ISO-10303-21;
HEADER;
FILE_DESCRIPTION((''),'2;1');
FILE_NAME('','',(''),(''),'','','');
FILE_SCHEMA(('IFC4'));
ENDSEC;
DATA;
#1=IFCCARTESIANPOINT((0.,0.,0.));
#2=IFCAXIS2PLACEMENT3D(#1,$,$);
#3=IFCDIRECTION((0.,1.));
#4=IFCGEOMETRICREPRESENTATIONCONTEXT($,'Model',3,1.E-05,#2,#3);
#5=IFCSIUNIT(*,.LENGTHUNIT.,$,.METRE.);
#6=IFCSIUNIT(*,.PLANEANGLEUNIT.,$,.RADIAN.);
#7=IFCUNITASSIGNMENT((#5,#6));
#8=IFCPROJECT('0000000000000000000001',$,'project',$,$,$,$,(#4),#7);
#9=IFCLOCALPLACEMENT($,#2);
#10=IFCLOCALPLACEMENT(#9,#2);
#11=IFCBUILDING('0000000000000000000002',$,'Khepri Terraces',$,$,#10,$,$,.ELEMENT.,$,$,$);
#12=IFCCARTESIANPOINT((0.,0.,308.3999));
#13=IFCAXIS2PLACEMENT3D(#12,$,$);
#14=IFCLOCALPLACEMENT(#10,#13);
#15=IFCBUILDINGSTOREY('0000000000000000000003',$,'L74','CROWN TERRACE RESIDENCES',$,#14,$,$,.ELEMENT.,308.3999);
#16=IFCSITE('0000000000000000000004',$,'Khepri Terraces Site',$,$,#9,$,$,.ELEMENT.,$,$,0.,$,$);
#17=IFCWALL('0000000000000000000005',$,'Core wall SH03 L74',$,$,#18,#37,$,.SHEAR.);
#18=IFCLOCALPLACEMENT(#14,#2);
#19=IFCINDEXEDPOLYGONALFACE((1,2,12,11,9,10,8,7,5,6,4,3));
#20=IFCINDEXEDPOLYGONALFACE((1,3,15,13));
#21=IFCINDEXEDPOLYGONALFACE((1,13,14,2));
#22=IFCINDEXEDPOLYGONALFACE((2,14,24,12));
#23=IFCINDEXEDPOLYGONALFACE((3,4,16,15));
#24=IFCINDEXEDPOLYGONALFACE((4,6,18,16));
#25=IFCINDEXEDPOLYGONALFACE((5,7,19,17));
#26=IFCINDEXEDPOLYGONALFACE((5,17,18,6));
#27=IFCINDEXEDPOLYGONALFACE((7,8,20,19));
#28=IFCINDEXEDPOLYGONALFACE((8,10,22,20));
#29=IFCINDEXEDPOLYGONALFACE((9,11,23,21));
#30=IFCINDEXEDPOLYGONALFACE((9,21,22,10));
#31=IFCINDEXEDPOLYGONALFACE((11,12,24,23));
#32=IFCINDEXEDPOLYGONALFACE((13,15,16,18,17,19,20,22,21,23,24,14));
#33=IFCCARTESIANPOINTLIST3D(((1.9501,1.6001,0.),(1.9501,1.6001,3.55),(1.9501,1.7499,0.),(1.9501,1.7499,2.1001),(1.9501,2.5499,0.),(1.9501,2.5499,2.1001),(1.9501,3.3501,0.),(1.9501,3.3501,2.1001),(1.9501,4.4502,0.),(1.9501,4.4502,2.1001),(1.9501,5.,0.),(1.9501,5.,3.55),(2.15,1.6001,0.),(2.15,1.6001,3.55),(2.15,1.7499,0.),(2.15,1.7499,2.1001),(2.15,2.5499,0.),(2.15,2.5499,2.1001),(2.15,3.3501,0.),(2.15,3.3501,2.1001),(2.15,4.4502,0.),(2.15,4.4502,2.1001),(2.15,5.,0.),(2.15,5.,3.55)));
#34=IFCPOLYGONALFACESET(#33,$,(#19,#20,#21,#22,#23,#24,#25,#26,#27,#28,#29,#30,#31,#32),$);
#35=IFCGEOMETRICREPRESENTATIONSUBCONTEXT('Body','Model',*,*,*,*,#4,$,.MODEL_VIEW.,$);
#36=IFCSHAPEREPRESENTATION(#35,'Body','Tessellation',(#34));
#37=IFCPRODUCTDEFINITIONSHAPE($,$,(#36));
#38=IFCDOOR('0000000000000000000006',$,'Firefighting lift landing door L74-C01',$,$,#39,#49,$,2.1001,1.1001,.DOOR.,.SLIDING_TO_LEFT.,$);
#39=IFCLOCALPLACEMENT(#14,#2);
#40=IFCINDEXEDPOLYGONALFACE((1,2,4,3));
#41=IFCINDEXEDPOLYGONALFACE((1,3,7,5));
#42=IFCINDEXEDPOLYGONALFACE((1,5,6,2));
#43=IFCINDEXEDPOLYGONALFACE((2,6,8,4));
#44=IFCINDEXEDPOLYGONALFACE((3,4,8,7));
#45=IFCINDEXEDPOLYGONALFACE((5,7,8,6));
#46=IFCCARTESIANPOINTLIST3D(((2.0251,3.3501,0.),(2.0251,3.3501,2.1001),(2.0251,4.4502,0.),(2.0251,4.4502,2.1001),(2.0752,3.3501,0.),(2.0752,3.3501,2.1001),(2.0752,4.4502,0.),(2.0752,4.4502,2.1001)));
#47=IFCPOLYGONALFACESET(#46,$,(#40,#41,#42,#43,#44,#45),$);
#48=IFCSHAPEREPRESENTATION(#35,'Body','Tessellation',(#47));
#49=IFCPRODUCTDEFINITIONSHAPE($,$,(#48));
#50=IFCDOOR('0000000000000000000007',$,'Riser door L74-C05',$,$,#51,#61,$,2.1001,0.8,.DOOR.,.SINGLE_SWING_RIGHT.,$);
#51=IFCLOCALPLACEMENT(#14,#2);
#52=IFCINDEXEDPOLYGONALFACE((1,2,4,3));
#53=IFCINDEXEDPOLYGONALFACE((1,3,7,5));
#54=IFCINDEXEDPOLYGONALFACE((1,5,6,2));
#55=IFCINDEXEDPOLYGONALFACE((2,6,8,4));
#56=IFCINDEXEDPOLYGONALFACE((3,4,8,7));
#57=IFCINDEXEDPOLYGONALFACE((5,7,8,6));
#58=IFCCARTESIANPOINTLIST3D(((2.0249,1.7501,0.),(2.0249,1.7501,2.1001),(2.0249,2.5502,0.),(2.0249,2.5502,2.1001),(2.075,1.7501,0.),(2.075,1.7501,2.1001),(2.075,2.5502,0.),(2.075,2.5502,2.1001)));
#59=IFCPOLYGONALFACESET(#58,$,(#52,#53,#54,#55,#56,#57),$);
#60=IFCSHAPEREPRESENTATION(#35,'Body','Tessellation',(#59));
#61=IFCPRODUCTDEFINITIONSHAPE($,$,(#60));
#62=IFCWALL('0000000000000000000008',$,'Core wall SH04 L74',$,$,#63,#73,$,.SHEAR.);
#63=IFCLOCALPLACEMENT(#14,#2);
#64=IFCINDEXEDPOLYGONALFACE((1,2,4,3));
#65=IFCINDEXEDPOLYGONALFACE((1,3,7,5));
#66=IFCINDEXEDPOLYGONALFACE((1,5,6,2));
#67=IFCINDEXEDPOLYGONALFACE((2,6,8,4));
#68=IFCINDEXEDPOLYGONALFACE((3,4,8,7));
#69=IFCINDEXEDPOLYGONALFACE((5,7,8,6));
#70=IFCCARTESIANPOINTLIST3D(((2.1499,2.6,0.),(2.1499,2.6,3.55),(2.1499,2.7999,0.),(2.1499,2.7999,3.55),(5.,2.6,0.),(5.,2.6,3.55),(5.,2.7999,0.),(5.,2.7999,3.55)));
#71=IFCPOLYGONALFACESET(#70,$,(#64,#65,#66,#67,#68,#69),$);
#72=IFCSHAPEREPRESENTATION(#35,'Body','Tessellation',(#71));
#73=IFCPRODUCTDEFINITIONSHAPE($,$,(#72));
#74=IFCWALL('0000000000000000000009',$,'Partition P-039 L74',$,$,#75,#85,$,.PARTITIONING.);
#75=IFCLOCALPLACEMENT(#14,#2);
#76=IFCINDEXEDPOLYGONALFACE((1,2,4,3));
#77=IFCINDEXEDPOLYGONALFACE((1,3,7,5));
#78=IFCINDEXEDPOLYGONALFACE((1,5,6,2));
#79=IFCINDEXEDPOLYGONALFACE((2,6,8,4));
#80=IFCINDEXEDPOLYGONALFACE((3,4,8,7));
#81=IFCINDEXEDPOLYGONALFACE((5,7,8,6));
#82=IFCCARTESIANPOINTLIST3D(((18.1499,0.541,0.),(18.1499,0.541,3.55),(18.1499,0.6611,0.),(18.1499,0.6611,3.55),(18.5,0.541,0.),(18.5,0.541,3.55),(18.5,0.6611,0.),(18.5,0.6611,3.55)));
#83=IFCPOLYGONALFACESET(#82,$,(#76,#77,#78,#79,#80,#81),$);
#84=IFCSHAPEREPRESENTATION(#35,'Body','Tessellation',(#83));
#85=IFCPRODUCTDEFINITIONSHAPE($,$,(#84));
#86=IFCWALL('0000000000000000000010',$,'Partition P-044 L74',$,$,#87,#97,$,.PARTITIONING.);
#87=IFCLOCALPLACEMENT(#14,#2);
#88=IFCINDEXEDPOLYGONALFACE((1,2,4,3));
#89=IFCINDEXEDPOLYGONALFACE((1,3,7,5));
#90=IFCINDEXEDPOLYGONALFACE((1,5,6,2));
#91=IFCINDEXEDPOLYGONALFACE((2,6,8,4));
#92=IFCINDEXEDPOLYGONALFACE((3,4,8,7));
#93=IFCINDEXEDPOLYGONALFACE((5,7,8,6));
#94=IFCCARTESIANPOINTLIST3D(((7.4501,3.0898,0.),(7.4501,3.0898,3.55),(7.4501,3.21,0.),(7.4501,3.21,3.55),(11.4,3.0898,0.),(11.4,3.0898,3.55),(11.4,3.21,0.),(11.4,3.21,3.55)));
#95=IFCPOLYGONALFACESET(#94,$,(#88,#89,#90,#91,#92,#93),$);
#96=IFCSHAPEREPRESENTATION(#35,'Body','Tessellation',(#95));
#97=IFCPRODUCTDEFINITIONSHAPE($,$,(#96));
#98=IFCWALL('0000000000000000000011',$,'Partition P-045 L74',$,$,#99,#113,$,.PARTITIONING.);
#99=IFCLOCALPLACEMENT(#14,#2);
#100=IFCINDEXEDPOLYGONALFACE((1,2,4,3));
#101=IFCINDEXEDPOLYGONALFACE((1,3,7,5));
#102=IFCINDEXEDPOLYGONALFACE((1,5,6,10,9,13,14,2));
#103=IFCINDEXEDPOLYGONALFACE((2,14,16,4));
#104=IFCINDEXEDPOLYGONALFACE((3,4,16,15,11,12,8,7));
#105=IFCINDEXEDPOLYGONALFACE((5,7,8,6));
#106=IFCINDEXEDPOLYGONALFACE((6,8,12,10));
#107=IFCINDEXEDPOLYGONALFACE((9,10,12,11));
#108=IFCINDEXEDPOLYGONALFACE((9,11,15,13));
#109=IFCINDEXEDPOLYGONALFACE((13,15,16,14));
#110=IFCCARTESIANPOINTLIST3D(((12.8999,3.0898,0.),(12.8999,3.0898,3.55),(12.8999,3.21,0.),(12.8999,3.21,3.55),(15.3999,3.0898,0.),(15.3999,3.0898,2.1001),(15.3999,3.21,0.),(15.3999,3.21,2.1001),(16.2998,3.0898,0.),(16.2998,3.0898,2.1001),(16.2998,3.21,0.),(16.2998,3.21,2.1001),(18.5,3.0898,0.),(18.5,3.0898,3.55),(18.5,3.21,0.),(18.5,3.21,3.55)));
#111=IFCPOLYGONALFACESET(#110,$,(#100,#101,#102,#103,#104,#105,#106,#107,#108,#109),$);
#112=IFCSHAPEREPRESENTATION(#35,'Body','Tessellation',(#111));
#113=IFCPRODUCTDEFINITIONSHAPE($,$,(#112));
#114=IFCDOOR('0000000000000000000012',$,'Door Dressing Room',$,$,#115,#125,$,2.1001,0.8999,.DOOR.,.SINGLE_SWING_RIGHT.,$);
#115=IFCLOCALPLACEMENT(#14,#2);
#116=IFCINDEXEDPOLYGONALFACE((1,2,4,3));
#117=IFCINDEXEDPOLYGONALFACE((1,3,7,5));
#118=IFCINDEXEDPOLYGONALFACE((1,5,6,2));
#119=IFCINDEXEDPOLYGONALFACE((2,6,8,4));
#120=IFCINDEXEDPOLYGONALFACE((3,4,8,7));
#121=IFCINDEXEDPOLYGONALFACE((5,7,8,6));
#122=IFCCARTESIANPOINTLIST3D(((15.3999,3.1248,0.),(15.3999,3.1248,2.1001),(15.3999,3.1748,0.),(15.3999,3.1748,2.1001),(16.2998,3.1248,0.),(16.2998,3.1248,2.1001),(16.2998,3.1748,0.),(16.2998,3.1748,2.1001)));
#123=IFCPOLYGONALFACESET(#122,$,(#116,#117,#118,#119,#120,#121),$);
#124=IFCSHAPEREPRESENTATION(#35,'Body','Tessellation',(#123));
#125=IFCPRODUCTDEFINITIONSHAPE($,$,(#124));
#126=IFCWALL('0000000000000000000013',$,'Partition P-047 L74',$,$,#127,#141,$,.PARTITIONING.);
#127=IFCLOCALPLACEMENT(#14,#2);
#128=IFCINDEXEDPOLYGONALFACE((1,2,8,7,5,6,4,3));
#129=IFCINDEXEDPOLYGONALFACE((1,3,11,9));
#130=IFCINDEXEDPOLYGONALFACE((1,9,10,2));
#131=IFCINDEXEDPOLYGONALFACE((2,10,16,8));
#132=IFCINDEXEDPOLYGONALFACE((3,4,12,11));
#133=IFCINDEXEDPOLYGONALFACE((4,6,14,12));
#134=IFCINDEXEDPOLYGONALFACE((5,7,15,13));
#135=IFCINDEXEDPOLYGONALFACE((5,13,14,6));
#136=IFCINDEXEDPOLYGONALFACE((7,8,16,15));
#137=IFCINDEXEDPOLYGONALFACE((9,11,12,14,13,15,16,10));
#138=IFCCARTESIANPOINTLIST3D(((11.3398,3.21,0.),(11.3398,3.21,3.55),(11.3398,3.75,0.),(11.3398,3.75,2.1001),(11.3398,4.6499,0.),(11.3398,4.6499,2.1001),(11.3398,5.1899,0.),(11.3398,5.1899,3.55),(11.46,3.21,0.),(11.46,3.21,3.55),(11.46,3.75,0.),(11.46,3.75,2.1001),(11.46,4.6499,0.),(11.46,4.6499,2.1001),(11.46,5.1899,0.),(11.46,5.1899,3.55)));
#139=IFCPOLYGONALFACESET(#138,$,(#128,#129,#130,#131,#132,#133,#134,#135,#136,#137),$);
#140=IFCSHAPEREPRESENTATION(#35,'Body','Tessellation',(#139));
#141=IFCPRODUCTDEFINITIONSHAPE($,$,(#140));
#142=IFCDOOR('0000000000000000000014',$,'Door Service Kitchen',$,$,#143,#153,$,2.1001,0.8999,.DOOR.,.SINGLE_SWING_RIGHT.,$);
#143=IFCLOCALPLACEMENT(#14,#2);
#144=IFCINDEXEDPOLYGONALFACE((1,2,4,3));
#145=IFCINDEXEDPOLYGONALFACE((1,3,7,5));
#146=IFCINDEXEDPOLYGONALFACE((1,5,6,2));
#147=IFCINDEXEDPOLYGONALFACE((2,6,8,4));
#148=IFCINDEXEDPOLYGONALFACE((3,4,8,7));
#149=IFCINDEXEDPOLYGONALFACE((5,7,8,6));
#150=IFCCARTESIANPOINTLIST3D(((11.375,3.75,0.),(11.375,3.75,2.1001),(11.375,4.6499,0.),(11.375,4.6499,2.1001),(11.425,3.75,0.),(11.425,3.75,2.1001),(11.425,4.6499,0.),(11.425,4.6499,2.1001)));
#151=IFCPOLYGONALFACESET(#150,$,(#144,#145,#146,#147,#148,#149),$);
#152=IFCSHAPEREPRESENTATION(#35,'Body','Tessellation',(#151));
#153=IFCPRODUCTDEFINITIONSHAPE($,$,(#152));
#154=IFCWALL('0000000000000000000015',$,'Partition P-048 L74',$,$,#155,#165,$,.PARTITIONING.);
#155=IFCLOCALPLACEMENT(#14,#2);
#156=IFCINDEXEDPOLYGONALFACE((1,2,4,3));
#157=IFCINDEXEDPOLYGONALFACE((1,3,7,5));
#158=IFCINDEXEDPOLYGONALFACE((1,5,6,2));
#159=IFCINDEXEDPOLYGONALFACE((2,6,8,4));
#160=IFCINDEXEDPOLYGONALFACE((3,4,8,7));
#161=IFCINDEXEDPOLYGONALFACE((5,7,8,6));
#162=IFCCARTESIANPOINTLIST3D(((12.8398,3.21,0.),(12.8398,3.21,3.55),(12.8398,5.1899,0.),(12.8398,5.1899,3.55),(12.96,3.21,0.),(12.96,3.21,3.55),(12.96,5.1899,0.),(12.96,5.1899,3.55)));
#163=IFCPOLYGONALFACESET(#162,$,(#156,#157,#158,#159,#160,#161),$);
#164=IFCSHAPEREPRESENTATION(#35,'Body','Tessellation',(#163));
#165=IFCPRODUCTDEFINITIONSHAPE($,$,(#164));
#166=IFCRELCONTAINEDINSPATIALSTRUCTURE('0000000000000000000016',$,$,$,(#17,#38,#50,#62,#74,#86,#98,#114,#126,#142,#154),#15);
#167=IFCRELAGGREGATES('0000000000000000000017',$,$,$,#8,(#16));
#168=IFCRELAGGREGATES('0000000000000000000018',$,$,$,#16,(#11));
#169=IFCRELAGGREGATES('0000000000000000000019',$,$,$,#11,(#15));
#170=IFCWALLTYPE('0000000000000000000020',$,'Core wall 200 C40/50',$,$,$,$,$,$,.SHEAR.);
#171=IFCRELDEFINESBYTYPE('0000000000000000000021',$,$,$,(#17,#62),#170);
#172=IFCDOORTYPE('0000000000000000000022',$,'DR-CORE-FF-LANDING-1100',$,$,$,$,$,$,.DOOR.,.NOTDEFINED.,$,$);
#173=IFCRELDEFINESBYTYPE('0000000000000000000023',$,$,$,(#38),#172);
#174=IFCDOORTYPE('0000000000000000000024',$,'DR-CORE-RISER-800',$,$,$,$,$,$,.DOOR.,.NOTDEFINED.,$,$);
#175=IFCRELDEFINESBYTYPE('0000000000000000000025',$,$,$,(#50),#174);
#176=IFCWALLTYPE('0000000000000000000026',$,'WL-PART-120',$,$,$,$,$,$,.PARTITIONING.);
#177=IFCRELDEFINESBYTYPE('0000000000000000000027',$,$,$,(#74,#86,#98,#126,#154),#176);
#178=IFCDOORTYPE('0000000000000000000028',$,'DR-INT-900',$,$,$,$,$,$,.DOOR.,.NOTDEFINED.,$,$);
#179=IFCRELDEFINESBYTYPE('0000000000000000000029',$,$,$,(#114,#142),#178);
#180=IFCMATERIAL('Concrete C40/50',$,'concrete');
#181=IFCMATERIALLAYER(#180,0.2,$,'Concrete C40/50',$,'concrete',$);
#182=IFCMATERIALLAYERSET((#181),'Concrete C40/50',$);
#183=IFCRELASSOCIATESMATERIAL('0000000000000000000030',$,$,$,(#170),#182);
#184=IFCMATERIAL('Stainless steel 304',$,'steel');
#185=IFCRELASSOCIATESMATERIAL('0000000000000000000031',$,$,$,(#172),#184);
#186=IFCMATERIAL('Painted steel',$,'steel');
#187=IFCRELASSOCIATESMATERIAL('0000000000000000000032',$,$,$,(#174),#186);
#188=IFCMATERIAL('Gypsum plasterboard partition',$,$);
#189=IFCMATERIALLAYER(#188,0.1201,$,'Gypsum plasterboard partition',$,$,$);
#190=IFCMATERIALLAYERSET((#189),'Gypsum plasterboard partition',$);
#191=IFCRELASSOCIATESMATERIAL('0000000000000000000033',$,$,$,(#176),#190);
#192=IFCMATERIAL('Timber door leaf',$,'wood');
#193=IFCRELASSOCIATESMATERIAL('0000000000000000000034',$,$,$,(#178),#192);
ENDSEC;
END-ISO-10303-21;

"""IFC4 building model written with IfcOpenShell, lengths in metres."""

from ifc_helpers import new_model, si_unit, direction, frame, frame_2d, origin, place, context, subcontext, project, spatial, rectangle, extrude, material, layer, layer_set, type_object, element, fill, save


model = new_model("IFC4")

# Units and contexts
model_context = context("Model", 3, precision=1e-05, world=origin(), true_north=direction((0.0, 1.0)))
body_context = subcontext(model_context, "Body", "Model", "MODEL_VIEW")
ifc_project = project(units=[si_unit("LENGTHUNIT", "METRE"), si_unit("PLANEANGLEUNIT", "RADIAN")], contexts=[model_context])

# Site, building, storey
site_placement = place(None, origin())
site = spatial("IfcSite", under=ifc_project, at=site_placement, Name="Khepri Terraces Site", CompositionType="ELEMENT", RefElevation=0.0)
building_placement = place(site_placement, origin())
building = spatial("IfcBuilding", under=site, at=building_placement, Name="Khepri Terraces", CompositionType="ELEMENT")
storey_placement = place(building_placement, frame((0.0, 0.0, 308.3999)))
storey = spatial("IfcBuildingStorey", under=building, at=storey_placement, Name="L74", Description="CROWN TERRACE RESIDENCES", CompositionType="ELEMENT", Elevation=308.3999)

# Shared definitions
ifc_material_1 = material(Name="Concrete C40/50", Category="concrete")

# Shared definitions
ifc_layer_1 = layer(ifc_material_1, 0.2, Name="Concrete C40/50", Category="concrete")
ifc_layer_set_1 = layer_set([ifc_layer_1], Name="Concrete C40/50")
wall_type_1 = type_object("IfcWallType", Name="Core wall 200 C40/50", PredefinedType="SHEAR", material=ifc_layer_set_1)

# Wall, openings, doors
wall_1_placement = place(storey_placement, frame((2.05, 1.6001, 0.0), z_axis=(0.0, 0.0, 1.0), x_axis=(0.0, 1.0, 0.0)))
wall_1 = element("IfcWall", 1, at=wall_1_placement, inside=storey, type_object=wall_type_1, Name="Core wall SH03 L74", PredefinedType="SHEAR", context=body_context, shape_type="SweptSolid", body=[
    extrude(rectangle(XDim=3.3999, YDim=0.2, at=frame_2d((1.7, 0.0))), origin(), (0.0, 0.0, 1.0), 3.55),
])
opening_1_placement = place(wall_1_placement, frame((1.75, 0.0, 0.0)))
opening_1 = element("IfcOpeningElement", 2, at=opening_1_placement, cuts=wall_1, PredefinedType="OPENING", context=body_context, shape_type="SweptSolid", body=[
    extrude(rectangle(XDim=1.1001, YDim=2.1001, at=frame_2d((0.55, 1.05))), frame((0.0, 0.1099, 0.0), z_axis=(0.0, -1.0, 0.0), x_axis=(1.0, 0.0, 0.0)), (0.0, 0.0, 1.0), 0.22),
])
opening_2_placement = place(wall_1_placement, frame((0.1499, 0.0, 0.0)))
opening_2 = element("IfcOpeningElement", 3, at=opening_2_placement, cuts=wall_1, PredefinedType="OPENING", context=body_context, shape_type="SweptSolid", body=[
    extrude(rectangle(XDim=0.8, YDim=2.1001, at=frame_2d((0.3999, 1.05))), frame((0.0, 0.1099, 0.0), z_axis=(0.0, -1.0, 0.0), x_axis=(1.0, 0.0, 0.0)), (0.0, 0.0, 1.0), 0.22),
])
ifc_material_2 = material(Name="Stainless steel 304", Category="steel")
door_type_1 = type_object("IfcDoorType", Name="DR-CORE-FF-LANDING-1100", OperationType="NOTDEFINED", PredefinedType="DOOR", material=ifc_material_2)
door_1_placement = place(opening_1_placement, origin())
door_1 = element("IfcDoor", 4, at=door_1_placement, inside=storey, type_object=door_type_1, Name="Firefighting lift landing door L74-C01", OperationType="SLIDING_TO_LEFT", OverallHeight=2.1001, OverallWidth=1.1001, PredefinedType="DOOR", context=body_context, shape_type="SweptSolid", body=[
    extrude(rectangle(XDim=1.1001, YDim=2.1001, at=frame_2d((0.55, 1.05))), frame((0.0, 0.0249, 0.0), z_axis=(0.0, -1.0, 0.0), x_axis=(1.0, 0.0, 0.0)), (0.0, 0.0, 1.0), 0.05),
])
fill(opening_1, door_1)
ifc_material_3 = material(Name="Painted steel", Category="steel")
door_type_2 = type_object("IfcDoorType", Name="DR-CORE-RISER-800", OperationType="NOTDEFINED", PredefinedType="DOOR", material=ifc_material_3)
door_2_placement = place(opening_2_placement, frame((0.8, 0.0, 0.0), z_axis=(0.0, 0.0, 1.0), x_axis=(-1.0, 0.0, 0.0)))
door_2 = element("IfcDoor", 5, at=door_2_placement, inside=storey, type_object=door_type_2, Name="Riser door L74-C05", OperationType="SINGLE_SWING_RIGHT", OverallHeight=2.1001, OverallWidth=0.8, PredefinedType="DOOR", context=body_context, shape_type="SweptSolid", body=[
    extrude(rectangle(XDim=0.8, YDim=2.1001, at=frame_2d((0.3999, 1.05))), frame((0.0, 0.0249, 0.0), z_axis=(0.0, -1.0, 0.0), x_axis=(1.0, 0.0, 0.0)), (0.0, 0.0, 1.0), 0.05),
])
fill(opening_2, door_2)

# Walls
wall_2_placement = place(storey_placement, frame((2.1499, 2.7, 0.0), z_axis=(0.0, 0.0, 1.0), x_axis=(1.0, 0.0, 0.0)))
element("IfcWall", 6, at=wall_2_placement, inside=storey, type_object=wall_type_1, Name="Core wall SH04 L74", PredefinedType="SHEAR", context=body_context, shape_type="SweptSolid", body=[
    extrude(rectangle(XDim=2.8501, YDim=0.2, at=frame_2d((1.425, 0.0))), origin(), (0.0, 0.0, 1.0), 3.55),
])
ifc_material_4 = material(Name="Gypsum plasterboard partition")
ifc_layer_2 = layer(ifc_material_4, 0.1201, Name="Gypsum plasterboard partition")
ifc_layer_set_2 = layer_set([ifc_layer_2], Name="Gypsum plasterboard partition")
wall_type_2 = type_object("IfcWallType", Name="WL-PART-120", PredefinedType="PARTITIONING", material=ifc_layer_set_2)
wall_3_placement = place(storey_placement, frame((18.1499, 0.6011, 0.0), z_axis=(0.0, 0.0, 1.0), x_axis=(1.0, 0.0, 0.0)))
element("IfcWall", 7, at=wall_3_placement, inside=storey, type_object=wall_type_2, Name="Partition P-039 L74", PredefinedType="PARTITIONING", context=body_context, shape_type="SweptSolid", body=[
    extrude(rectangle(XDim=0.3501, YDim=0.1201, at=frame_2d((0.175, 0.0))), origin(), (0.0, 0.0, 1.0), 3.55),
])
wall_4_placement = place(storey_placement, frame((7.45, 3.1499, 0.0), z_axis=(0.0, 0.0, 1.0), x_axis=(1.0, 0.0, 0.0)))
element("IfcWall", 8, at=wall_4_placement, inside=storey, type_object=wall_type_2, Name="Partition P-044 L74", PredefinedType="PARTITIONING", context=body_context, shape_type="SweptSolid", body=[
    extrude(rectangle(XDim=3.95, YDim=0.1201, at=frame_2d((1.9751, 0.0))), origin(), (0.0, 0.0, 1.0), 3.55),
])

# Walls, openings, doors
wall_5_placement = place(storey_placement, frame((12.8999, 3.1499, 0.0), z_axis=(0.0, 0.0, 1.0), x_axis=(1.0, 0.0, 0.0)))
wall_5 = element("IfcWall", 9, at=wall_5_placement, inside=storey, type_object=wall_type_2, Name="Partition P-045 L74", PredefinedType="PARTITIONING", context=body_context, shape_type="SweptSolid", body=[
    extrude(rectangle(XDim=5.6001, YDim=0.1201, at=frame_2d((2.8, 0.0))), origin(), (0.0, 0.0, 1.0), 3.55),
])
opening_3_placement = place(wall_5_placement, frame((2.5, 0.0, 0.0)))
opening_3 = element("IfcOpeningElement", 10, at=opening_3_placement, cuts=wall_5, PredefinedType="OPENING", context=body_context, shape_type="SweptSolid", body=[
    extrude(rectangle(XDim=0.8999, YDim=2.1001, at=frame_2d((0.45, 1.05))), frame((0.0, 0.0701, 0.0), z_axis=(0.0, -1.0, 0.0), x_axis=(1.0, 0.0, 0.0)), (0.0, 0.0, 1.0), 0.1401),
])
ifc_material_5 = material(Name="Timber door leaf", Category="wood")
door_type_3 = type_object("IfcDoorType", Name="DR-INT-900", OperationType="NOTDEFINED", PredefinedType="DOOR", material=ifc_material_5)
door_3_placement = place(opening_3_placement, origin())
door_3 = element("IfcDoor", 11, at=door_3_placement, inside=storey, type_object=door_type_3, Name="Door Dressing Room", OperationType="SINGLE_SWING_RIGHT", OverallHeight=2.1001, OverallWidth=0.8999, PredefinedType="DOOR", context=body_context, shape_type="SweptSolid", body=[
    extrude(rectangle(XDim=0.8999, YDim=2.1001, at=frame_2d((0.45, 1.05))), frame((0.0, 0.0249, 0.0), z_axis=(0.0, -1.0, 0.0), x_axis=(1.0, 0.0, 0.0)), (0.0, 0.0, 1.0), 0.05),
])
fill(opening_3, door_3)
wall_6_placement = place(storey_placement, frame((11.3999, 3.21, 0.0), z_axis=(0.0, 0.0, 1.0), x_axis=(0.0, 1.0, 0.0)))
wall_6 = element("IfcWall", 12, at=wall_6_placement, inside=storey, type_object=wall_type_2, Name="Partition P-047 L74", PredefinedType="PARTITIONING", context=body_context, shape_type="SweptSolid", body=[
    extrude(rectangle(XDim=1.98, YDim=0.1201, at=frame_2d((0.99, 0.0))), origin(), (0.0, 0.0, 1.0), 3.55),
])
opening_4_placement = place(wall_6_placement, frame((0.54, 0.0, 0.0)))
opening_4 = element("IfcOpeningElement", 13, at=opening_4_placement, cuts=wall_6, PredefinedType="OPENING", context=body_context, shape_type="SweptSolid", body=[
    extrude(rectangle(XDim=0.8999, YDim=2.1001, at=frame_2d((0.45, 1.05))), frame((0.0, 0.0701, 0.0), z_axis=(0.0, -1.0, 0.0), x_axis=(1.0, 0.0, 0.0)), (0.0, 0.0, 1.0), 0.1401),
])
door_4_placement = place(opening_4_placement, origin())
door_4 = element("IfcDoor", 14, at=door_4_placement, inside=storey, type_object=door_type_3, Name="Door Service Kitchen", OperationType="SINGLE_SWING_RIGHT", OverallHeight=2.1001, OverallWidth=0.8999, PredefinedType="DOOR", context=body_context, shape_type="SweptSolid", body=[
    extrude(rectangle(XDim=0.8999, YDim=2.1001, at=frame_2d((0.45, 1.05))), frame((0.0, 0.0249, 0.0), z_axis=(0.0, -1.0, 0.0), x_axis=(1.0, 0.0, 0.0)), (0.0, 0.0, 1.0), 0.05),
])
fill(opening_4, door_4)

# Wall
wall_7_placement = place(storey_placement, frame((12.8999, 3.21, 0.0), z_axis=(0.0, 0.0, 1.0), x_axis=(0.0, 1.0, 0.0)))
element("IfcWall", 15, at=wall_7_placement, inside=storey, type_object=wall_type_2, Name="Partition P-048 L74", PredefinedType="PARTITIONING", context=body_context, shape_type="SweptSolid", body=[
    extrude(rectangle(XDim=1.98, YDim=0.1201, at=frame_2d((0.99, 0.0))), origin(), (0.0, 0.0, 1.0), 3.55),
])

save(model, "model.ifc")
